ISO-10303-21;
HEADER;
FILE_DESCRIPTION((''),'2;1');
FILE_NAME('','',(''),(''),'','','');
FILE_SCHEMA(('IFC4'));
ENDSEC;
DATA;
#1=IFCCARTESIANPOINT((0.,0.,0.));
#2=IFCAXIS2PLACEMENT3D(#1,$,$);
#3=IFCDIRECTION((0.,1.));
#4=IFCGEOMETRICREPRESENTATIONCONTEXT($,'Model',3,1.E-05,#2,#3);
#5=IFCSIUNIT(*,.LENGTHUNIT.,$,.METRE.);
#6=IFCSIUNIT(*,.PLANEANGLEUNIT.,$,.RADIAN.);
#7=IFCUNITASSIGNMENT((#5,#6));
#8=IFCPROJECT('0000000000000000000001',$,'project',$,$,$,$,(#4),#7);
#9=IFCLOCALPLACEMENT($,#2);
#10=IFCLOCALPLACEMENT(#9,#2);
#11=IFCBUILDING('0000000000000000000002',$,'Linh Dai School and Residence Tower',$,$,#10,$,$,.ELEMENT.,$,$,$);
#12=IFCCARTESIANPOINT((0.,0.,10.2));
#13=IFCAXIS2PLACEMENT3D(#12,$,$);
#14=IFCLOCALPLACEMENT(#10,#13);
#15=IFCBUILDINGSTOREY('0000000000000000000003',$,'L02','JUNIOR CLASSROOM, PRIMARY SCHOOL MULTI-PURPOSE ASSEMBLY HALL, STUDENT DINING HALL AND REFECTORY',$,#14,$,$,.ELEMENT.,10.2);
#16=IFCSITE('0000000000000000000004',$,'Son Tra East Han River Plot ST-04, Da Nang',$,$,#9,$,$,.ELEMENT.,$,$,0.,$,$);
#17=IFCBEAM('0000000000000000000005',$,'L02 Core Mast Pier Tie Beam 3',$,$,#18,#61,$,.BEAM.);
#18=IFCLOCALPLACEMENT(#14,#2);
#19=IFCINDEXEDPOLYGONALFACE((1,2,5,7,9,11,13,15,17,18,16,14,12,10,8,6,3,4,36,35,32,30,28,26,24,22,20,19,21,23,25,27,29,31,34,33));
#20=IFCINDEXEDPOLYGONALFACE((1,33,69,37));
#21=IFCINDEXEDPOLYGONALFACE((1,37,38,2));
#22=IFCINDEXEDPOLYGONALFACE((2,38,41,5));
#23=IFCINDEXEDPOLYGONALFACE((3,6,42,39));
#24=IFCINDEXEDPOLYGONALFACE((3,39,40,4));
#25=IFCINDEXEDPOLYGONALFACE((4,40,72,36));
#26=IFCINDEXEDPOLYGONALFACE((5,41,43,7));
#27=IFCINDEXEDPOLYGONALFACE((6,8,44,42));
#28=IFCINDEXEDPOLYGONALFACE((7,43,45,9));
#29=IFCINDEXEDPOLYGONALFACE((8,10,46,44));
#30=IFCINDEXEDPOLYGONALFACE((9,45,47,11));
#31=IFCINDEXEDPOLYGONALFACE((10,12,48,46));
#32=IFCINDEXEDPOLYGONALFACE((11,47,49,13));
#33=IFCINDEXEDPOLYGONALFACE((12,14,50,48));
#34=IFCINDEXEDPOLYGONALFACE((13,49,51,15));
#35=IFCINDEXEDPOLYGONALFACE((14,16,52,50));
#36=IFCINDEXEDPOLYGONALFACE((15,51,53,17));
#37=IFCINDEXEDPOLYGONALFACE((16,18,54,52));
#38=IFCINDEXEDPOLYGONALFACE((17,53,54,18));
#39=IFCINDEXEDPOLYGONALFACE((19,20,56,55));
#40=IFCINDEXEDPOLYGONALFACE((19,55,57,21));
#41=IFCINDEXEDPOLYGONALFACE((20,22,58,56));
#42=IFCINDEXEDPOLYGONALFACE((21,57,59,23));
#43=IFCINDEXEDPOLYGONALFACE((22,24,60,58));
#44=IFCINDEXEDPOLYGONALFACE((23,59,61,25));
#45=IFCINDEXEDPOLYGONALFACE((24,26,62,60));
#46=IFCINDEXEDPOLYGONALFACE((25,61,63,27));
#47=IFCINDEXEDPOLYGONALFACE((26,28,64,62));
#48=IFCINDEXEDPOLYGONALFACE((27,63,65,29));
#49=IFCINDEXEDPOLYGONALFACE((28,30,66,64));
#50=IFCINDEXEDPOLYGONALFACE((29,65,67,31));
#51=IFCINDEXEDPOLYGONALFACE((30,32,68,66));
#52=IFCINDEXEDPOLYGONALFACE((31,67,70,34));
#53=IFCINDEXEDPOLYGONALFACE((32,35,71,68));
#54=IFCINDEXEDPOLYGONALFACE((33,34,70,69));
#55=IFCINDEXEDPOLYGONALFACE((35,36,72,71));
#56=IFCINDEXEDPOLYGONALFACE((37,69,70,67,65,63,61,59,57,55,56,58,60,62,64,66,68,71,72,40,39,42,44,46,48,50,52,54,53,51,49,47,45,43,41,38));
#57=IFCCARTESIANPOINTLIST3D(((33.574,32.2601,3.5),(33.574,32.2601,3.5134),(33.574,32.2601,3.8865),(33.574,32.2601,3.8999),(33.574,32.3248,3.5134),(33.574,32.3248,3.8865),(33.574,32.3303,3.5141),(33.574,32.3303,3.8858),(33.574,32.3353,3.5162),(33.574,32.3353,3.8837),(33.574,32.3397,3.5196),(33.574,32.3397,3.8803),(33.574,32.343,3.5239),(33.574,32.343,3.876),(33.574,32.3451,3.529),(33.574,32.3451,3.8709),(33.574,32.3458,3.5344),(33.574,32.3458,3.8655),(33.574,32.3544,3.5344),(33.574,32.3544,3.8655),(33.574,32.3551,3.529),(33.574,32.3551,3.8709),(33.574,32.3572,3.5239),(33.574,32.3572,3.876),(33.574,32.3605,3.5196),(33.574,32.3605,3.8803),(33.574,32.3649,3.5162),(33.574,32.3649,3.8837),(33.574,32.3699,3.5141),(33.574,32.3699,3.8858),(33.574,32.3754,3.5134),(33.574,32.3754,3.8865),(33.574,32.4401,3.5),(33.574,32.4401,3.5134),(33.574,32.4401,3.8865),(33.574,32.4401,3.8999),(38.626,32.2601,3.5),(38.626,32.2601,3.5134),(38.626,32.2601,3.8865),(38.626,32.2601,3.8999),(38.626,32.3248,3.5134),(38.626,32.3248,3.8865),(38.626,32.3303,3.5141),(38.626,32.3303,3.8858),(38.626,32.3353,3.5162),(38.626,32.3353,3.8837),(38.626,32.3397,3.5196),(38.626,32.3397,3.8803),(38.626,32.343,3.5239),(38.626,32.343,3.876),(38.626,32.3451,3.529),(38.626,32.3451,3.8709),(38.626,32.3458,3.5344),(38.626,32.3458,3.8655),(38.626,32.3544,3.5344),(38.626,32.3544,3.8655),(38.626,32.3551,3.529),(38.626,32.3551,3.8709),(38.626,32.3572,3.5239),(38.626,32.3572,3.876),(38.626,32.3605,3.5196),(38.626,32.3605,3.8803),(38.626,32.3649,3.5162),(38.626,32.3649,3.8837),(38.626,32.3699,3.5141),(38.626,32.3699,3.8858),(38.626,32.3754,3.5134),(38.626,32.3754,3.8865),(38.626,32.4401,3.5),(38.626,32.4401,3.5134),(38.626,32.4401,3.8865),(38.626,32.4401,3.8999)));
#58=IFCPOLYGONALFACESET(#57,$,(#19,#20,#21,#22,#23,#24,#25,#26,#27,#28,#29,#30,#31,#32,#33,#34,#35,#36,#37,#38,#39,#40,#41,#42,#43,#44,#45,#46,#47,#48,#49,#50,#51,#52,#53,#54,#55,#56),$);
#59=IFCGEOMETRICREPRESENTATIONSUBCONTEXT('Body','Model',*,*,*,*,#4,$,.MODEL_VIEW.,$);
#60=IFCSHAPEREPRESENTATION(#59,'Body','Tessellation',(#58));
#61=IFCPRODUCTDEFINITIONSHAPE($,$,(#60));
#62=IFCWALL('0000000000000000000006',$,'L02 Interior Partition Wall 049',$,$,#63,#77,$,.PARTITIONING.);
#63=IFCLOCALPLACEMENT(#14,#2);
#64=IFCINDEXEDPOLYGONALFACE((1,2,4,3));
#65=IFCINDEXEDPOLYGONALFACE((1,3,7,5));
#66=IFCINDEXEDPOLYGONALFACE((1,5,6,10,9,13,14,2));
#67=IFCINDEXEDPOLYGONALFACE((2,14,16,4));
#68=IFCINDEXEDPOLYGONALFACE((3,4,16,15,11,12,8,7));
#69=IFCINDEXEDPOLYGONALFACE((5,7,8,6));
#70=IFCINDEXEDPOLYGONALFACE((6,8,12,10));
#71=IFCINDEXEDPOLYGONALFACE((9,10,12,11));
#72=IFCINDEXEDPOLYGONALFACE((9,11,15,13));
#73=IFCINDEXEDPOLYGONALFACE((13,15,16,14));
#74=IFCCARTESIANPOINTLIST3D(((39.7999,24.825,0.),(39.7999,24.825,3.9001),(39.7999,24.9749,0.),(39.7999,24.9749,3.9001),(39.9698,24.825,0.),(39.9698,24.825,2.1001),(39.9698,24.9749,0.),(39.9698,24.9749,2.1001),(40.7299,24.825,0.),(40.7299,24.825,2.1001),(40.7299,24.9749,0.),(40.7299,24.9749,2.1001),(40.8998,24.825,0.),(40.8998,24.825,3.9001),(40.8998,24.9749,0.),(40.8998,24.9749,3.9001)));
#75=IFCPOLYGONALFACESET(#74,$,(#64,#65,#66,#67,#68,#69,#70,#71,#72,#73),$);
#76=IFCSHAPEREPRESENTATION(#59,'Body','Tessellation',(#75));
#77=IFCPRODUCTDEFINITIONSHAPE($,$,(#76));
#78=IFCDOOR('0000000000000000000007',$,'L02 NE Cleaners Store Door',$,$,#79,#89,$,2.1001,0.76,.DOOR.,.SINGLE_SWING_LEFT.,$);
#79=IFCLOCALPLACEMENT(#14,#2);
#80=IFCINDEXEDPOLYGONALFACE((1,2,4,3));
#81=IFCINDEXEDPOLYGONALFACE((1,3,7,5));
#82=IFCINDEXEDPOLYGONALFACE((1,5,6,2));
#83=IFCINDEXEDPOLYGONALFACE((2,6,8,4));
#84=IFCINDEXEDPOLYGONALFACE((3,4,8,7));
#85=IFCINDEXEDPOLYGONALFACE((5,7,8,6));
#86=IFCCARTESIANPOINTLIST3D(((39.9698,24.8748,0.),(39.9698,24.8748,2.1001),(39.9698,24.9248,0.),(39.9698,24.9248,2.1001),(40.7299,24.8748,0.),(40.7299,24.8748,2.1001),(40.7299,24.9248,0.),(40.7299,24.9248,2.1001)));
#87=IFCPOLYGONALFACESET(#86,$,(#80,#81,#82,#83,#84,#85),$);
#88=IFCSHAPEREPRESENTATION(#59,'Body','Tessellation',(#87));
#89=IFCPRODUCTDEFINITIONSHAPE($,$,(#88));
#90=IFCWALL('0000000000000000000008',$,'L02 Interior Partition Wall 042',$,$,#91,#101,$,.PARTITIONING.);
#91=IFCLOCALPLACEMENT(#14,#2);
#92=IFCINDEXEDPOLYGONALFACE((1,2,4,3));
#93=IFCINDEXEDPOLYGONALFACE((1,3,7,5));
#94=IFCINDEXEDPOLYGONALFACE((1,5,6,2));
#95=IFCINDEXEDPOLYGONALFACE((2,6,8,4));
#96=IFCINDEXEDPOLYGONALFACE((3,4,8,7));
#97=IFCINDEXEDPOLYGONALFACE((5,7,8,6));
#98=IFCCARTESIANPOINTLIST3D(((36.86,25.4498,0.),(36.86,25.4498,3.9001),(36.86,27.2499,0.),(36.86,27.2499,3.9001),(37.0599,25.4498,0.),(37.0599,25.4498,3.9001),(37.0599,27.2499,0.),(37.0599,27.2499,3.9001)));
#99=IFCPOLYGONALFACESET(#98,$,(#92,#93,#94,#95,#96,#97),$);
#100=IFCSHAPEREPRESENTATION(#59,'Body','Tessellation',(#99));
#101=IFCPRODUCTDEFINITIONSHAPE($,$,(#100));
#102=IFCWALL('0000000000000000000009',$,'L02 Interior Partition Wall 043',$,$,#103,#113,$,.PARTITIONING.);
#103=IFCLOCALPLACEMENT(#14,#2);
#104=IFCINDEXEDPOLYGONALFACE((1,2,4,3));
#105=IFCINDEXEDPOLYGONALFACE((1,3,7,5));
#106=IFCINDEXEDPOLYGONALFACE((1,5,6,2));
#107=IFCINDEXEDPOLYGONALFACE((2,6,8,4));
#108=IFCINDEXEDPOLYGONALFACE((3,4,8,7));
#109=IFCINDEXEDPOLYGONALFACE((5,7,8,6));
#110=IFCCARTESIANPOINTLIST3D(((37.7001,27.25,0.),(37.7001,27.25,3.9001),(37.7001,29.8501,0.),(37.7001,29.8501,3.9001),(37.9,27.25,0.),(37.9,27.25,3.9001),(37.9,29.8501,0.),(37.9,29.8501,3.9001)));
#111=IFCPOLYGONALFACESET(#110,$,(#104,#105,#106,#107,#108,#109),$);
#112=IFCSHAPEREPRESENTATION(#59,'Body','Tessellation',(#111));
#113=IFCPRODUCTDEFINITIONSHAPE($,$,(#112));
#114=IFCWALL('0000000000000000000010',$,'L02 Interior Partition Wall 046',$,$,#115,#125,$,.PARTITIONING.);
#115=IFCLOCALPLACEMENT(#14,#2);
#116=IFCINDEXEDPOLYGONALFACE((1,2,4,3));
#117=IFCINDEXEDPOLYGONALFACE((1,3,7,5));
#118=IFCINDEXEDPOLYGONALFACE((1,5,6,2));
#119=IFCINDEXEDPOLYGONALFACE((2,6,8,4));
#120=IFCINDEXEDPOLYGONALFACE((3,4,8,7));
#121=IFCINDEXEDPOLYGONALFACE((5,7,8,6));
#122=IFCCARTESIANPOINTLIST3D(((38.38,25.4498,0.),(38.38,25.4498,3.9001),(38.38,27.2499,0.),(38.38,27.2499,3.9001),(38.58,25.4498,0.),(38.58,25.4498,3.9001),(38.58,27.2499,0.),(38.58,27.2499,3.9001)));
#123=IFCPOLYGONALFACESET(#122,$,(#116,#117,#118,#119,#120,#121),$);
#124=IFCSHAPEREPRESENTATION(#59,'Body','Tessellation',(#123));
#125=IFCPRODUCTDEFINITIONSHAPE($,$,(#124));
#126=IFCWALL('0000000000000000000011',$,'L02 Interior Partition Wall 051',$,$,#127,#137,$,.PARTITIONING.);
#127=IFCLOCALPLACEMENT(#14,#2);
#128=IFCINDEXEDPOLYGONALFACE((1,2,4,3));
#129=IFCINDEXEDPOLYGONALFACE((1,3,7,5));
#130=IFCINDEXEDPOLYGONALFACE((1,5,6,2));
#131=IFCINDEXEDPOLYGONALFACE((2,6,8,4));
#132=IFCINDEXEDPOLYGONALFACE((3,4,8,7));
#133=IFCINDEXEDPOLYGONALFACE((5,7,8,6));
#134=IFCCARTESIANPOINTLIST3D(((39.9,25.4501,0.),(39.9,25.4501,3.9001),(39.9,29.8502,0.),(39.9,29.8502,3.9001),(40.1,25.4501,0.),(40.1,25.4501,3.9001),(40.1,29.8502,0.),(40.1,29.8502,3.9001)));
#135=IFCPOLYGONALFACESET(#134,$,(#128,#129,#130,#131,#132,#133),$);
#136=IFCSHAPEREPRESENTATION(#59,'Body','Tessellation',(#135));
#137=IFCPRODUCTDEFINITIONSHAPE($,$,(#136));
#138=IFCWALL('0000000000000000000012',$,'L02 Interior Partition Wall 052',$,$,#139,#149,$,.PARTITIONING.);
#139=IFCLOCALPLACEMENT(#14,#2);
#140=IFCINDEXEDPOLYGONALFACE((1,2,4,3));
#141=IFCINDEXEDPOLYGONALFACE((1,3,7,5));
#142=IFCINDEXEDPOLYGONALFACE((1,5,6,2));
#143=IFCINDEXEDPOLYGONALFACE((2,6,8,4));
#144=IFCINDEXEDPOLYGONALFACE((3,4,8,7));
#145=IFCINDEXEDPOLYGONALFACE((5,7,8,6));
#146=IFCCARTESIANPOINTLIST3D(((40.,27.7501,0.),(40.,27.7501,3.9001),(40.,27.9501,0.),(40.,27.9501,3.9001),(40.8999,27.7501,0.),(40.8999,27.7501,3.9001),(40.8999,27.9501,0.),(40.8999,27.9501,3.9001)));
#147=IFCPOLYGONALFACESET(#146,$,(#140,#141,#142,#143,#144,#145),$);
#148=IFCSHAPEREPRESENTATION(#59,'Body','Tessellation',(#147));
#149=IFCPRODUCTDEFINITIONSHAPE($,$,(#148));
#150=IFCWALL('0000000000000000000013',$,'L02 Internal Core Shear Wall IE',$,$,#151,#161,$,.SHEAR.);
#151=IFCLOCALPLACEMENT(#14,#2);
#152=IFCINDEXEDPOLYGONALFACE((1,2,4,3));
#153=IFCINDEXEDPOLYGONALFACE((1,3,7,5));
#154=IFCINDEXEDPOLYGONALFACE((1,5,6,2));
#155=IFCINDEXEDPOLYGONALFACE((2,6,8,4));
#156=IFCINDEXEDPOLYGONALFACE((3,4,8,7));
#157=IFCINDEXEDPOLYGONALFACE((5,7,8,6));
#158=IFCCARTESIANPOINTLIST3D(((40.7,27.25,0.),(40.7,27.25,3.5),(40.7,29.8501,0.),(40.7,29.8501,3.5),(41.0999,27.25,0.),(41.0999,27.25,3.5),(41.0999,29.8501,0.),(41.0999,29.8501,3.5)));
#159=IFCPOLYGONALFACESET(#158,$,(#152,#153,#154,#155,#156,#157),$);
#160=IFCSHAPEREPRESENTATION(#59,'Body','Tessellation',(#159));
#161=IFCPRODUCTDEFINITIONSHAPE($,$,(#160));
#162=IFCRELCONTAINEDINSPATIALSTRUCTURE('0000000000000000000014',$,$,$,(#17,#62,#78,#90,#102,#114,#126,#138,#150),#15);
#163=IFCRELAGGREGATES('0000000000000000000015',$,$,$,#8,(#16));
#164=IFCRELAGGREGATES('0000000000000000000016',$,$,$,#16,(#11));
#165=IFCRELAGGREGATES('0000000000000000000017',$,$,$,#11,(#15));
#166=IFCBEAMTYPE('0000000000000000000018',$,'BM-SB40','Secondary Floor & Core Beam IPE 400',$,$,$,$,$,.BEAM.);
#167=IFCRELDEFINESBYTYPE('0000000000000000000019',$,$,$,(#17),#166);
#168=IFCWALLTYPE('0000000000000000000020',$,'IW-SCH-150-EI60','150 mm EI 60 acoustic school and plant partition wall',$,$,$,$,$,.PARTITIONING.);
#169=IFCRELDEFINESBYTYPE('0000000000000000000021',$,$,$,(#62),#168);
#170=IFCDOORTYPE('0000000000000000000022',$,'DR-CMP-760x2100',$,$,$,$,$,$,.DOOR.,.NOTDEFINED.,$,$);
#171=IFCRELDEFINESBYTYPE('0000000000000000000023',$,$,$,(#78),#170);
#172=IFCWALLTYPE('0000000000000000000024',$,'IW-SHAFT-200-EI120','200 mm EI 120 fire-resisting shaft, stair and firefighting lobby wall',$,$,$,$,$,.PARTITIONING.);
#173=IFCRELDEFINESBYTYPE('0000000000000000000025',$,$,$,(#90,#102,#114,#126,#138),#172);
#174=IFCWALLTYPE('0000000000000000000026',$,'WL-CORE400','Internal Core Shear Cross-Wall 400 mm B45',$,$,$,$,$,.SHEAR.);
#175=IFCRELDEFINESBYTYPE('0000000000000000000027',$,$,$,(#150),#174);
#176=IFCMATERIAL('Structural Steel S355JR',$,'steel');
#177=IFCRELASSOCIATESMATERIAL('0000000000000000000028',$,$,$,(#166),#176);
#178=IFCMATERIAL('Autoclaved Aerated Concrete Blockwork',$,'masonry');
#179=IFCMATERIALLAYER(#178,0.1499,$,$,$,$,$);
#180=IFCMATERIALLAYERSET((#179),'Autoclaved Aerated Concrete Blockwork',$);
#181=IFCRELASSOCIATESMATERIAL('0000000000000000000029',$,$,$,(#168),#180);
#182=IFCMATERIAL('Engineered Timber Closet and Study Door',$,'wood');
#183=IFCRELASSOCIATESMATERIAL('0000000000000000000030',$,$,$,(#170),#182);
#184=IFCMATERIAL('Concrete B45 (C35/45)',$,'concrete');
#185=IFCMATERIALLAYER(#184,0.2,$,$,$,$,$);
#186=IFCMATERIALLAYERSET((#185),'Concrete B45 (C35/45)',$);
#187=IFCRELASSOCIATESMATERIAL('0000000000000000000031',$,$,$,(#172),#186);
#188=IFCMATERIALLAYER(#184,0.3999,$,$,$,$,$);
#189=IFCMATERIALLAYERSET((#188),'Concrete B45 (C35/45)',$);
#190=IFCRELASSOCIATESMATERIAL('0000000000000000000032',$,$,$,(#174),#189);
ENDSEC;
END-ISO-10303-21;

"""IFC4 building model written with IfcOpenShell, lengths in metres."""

from ifc_helpers import new_model, si_unit, direction, frame, frame_2d, origin, origin_2d, place, context, subcontext, project, spatial, rectangle, i_section, extrude, source, transform, mapped, material, layer, layer_set, material_profile, profile_set, type_object, element, fill, save


model = new_model("IFC4")

# Units and contexts
model_context = context("Model", 3, precision=1e-05, world=origin(), true_north=direction((0.0, 1.0)))
body_context = subcontext(model_context, "Body", "Model", "MODEL_VIEW")
ifc_project = project(units=[si_unit("LENGTHUNIT", "METRE"), si_unit("PLANEANGLEUNIT", "RADIAN")], contexts=[model_context])

# Site, building, storey
site_placement = place(None, origin())
site = spatial("IfcSite", under=ifc_project, at=site_placement, Name="Son Tra East Han River Plot ST-04, Da Nang", CompositionType="ELEMENT", RefElevation=0.0)
building_placement = place(site_placement, origin())
building = spatial("IfcBuilding", under=site, at=building_placement, Name="Linh Dai School and Residence Tower", CompositionType="ELEMENT")
storey_placement = place(building_placement, frame((0.0, 0.0, 10.2)))
storey = spatial("IfcBuildingStorey", under=building, at=storey_placement, Name="L02", Description="JUNIOR CLASSROOM, PRIMARY SCHOOL MULTI-PURPOSE ASSEMBLY HALL, STUDENT DINING HALL AND REFECTORY", CompositionType="ELEMENT", Elevation=10.2)

# Shared definitions
ifc_material_1 = material(Name="Structural Steel S355JR", Category="steel")

# Beam
ifc_material_profile_1 = material_profile(ifc_material_1, i_section(OverallWidth=0.1799, OverallDepth=0.3999, WebThickness=0.0085, FlangeThickness=0.0134, FilletRadius=0.021, at=origin_2d()), Name="IPE 400")
ifc_profile_set_1 = profile_set([ifc_material_profile_1], Name="Structural Steel S355JR")
beam_type_1 = type_object("IfcBeamType", Name="BM-SB40", Description="Secondary Floor & Core Beam IPE 400", PredefinedType="BEAM", material=ifc_profile_set_1)
beam_1_placement = place(storey_placement, frame((38.626, 32.3501, 3.7), z_axis=(-1.0, 0.0, 0.0), x_axis=(0.0, -1.0, 0.0)))
element("IfcBeam", 1, at=beam_1_placement, inside=storey, type_object=beam_type_1, Name="L02 Core Mast Pier Tie Beam 3", PredefinedType="BEAM", context=body_context, shape_type="SweptSolid", body=[
    extrude(i_section(OverallWidth=0.1799, OverallDepth=0.3999, WebThickness=0.0085, FlangeThickness=0.0134, FilletRadius=0.021, at=origin_2d()), origin(), (0.0, 0.0, 1.0), 5.052),
])

# Wall, opening, door
ifc_material_2 = material(Name="Autoclaved Aerated Concrete Blockwork", Category="masonry")
ifc_layer_1 = layer(ifc_material_2, 0.1499)
ifc_layer_set_1 = layer_set([ifc_layer_1], Name="Autoclaved Aerated Concrete Blockwork")
wall_type_1 = type_object("IfcWallType", Name="IW-SCH-150-EI60", Description="150 mm EI 60 acoustic school and plant partition wall", PredefinedType="PARTITIONING", material=ifc_layer_set_1)
wall_1_placement = place(storey_placement, frame((39.8, 24.8999, 0.0), z_axis=(0.0, 0.0, 1.0), x_axis=(1.0, 0.0, 0.0)))
wall_1 = element("IfcWall", 2, at=wall_1_placement, inside=storey, type_object=wall_type_1, Name="L02 Interior Partition Wall 049", PredefinedType="PARTITIONING", context=body_context, shape_type="SweptSolid", body=[
    extrude(rectangle(XDim=1.0999, YDim=0.1499, at=frame_2d((0.5498, 0.0))), origin(), (0.0, 0.0, 1.0), 3.9001),
])
opening_placement = place(wall_1_placement, frame((0.1699, 0.0, 0.0)))
opening = element("IfcOpeningElement", 3, at=opening_placement, cuts=wall_1, PredefinedType="OPENING", context=body_context, shape_type="SweptSolid", body=[
    extrude(rectangle(XDim=0.76, YDim=2.1001, at=origin_2d()), frame((0.3799, 0.085, 1.05), z_axis=(0.0, -1.0, 0.0), x_axis=(1.0, 0.0, 0.0)), (0.0, 0.0, 1.0), 0.1699),
])
ifc_material_3 = material(Name="Engineered Timber Closet and Study Door", Category="wood")
door_type = type_object("IfcDoorType", Name="DR-CMP-760x2100", OperationType="NOTDEFINED", PredefinedType="DOOR", material=ifc_material_3)
shared_shape_1 = source(origin(), body_context, "Body", "SweptSolid", [
    extrude(rectangle(XDim=0.76, YDim=2.1001, at=origin_2d()), frame((0.3799, 0.0249, 1.05), z_axis=(0.0, -1.0, 0.0), x_axis=(1.0, 0.0, 0.0)), (0.0, 0.0, 1.0), 0.05),
])
door_placement = place(opening_placement, origin())
door = element("IfcDoor", 4, at=door_placement, inside=storey, type_object=door_type, Name="L02 NE Cleaners Store Door", OperationType="SINGLE_SWING_LEFT", OverallHeight=2.1001, OverallWidth=0.76, PredefinedType="DOOR", context=body_context, shape_type="MappedRepresentation", body=[
    mapped(shared_shape_1, transform((0.0, 0.0, 0.0), x_axis=(1.0, 0.0, 0.0), y_axis=(0.0, 1.0, 0.0), z_axis=(0.0, 0.0, 1.0), scale=1.0)),
])
fill(opening, door)

# Walls
ifc_material_4 = material(Name="Concrete B45 (C35/45)", Category="concrete")
ifc_layer_2 = layer(ifc_material_4, 0.2)
ifc_layer_set_2 = layer_set([ifc_layer_2], Name="Concrete B45 (C35/45)")
wall_type_2 = type_object("IfcWallType", Name="IW-SHAFT-200-EI120", Description="200 mm EI 120 fire-resisting shaft, stair and firefighting lobby wall", PredefinedType="PARTITIONING", material=ifc_layer_set_2)
wall_2_placement = place(storey_placement, frame((36.96, 25.45, 0.0), z_axis=(0.0, 0.0, 1.0), x_axis=(0.0, 1.0, 0.0)))
element("IfcWall", 5, at=wall_2_placement, inside=storey, type_object=wall_type_2, Name="L02 Interior Partition Wall 042", PredefinedType="PARTITIONING", context=body_context, shape_type="SweptSolid", body=[
    extrude(rectangle(XDim=1.8, YDim=0.2, at=frame_2d((0.8999, 0.0))), origin(), (0.0, 0.0, 1.0), 3.9001),
])
wall_3_placement = place(storey_placement, frame((37.8, 27.25, 0.0), z_axis=(0.0, 0.0, 1.0), x_axis=(0.0, 1.0, 0.0)))
element("IfcWall", 6, at=wall_3_placement, inside=storey, type_object=wall_type_2, Name="L02 Interior Partition Wall 043", PredefinedType="PARTITIONING", context=body_context, shape_type="SweptSolid", body=[
    extrude(rectangle(XDim=2.6001, YDim=0.2, at=frame_2d((1.3, 0.0))), origin(), (0.0, 0.0, 1.0), 3.9001),
])
wall_4_placement = place(storey_placement, frame((38.48, 25.45, 0.0), z_axis=(0.0, 0.0, 1.0), x_axis=(0.0, 1.0, 0.0)))
element("IfcWall", 7, at=wall_4_placement, inside=storey, type_object=wall_type_2, Name="L02 Interior Partition Wall 046", PredefinedType="PARTITIONING", context=body_context, shape_type="SweptSolid", body=[
    extrude(rectangle(XDim=1.8, YDim=0.2, at=frame_2d((0.8999, 0.0))), origin(), (0.0, 0.0, 1.0), 3.9001),
])
wall_5_placement = place(storey_placement, frame((40.0, 25.45, 0.0), z_axis=(0.0, 0.0, 1.0), x_axis=(0.0, 1.0, 0.0)))
element("IfcWall", 8, at=wall_5_placement, inside=storey, type_object=wall_type_2, Name="L02 Interior Partition Wall 051", PredefinedType="PARTITIONING", context=body_context, shape_type="SweptSolid", body=[
    extrude(rectangle(XDim=4.4001, YDim=0.2, at=frame_2d((2.2002, 0.0))), origin(), (0.0, 0.0, 1.0), 3.9001),
])
wall_6_placement = place(storey_placement, frame((40.0, 27.8501, 0.0), z_axis=(0.0, 0.0, 1.0), x_axis=(1.0, 0.0, 0.0)))
element("IfcWall", 9, at=wall_6_placement, inside=storey, type_object=wall_type_2, Name="L02 Interior Partition Wall 052", PredefinedType="PARTITIONING", context=body_context, shape_type="SweptSolid", body=[
    extrude(rectangle(XDim=0.8999, YDim=0.2, at=frame_2d((0.45, 0.0))), origin(), (0.0, 0.0, 1.0), 3.9001),
])
ifc_layer_3 = layer(ifc_material_4, 0.3999)
ifc_layer_set_3 = layer_set([ifc_layer_3], Name="Concrete B45 (C35/45)")
wall_type_3 = type_object("IfcWallType", Name="WL-CORE400", Description="Internal Core Shear Cross-Wall 400 mm B45", PredefinedType="SHEAR", material=ifc_layer_set_3)
wall_7_placement = place(storey_placement, frame((40.8999, 27.25, 0.0), z_axis=(0.0, 0.0, 1.0), x_axis=(0.0, 1.0, 0.0)))
element("IfcWall", 10, at=wall_7_placement, inside=storey, type_object=wall_type_3, Name="L02 Internal Core Shear Wall IE", PredefinedType="SHEAR", context=body_context, shape_type="SweptSolid", body=[
    extrude(rectangle(XDim=2.6001, YDim=0.3999, at=frame_2d((1.3, 0.0))), origin(), (0.0, 0.0, 1.0), 3.5),
])

save(model, "model.ifc")
